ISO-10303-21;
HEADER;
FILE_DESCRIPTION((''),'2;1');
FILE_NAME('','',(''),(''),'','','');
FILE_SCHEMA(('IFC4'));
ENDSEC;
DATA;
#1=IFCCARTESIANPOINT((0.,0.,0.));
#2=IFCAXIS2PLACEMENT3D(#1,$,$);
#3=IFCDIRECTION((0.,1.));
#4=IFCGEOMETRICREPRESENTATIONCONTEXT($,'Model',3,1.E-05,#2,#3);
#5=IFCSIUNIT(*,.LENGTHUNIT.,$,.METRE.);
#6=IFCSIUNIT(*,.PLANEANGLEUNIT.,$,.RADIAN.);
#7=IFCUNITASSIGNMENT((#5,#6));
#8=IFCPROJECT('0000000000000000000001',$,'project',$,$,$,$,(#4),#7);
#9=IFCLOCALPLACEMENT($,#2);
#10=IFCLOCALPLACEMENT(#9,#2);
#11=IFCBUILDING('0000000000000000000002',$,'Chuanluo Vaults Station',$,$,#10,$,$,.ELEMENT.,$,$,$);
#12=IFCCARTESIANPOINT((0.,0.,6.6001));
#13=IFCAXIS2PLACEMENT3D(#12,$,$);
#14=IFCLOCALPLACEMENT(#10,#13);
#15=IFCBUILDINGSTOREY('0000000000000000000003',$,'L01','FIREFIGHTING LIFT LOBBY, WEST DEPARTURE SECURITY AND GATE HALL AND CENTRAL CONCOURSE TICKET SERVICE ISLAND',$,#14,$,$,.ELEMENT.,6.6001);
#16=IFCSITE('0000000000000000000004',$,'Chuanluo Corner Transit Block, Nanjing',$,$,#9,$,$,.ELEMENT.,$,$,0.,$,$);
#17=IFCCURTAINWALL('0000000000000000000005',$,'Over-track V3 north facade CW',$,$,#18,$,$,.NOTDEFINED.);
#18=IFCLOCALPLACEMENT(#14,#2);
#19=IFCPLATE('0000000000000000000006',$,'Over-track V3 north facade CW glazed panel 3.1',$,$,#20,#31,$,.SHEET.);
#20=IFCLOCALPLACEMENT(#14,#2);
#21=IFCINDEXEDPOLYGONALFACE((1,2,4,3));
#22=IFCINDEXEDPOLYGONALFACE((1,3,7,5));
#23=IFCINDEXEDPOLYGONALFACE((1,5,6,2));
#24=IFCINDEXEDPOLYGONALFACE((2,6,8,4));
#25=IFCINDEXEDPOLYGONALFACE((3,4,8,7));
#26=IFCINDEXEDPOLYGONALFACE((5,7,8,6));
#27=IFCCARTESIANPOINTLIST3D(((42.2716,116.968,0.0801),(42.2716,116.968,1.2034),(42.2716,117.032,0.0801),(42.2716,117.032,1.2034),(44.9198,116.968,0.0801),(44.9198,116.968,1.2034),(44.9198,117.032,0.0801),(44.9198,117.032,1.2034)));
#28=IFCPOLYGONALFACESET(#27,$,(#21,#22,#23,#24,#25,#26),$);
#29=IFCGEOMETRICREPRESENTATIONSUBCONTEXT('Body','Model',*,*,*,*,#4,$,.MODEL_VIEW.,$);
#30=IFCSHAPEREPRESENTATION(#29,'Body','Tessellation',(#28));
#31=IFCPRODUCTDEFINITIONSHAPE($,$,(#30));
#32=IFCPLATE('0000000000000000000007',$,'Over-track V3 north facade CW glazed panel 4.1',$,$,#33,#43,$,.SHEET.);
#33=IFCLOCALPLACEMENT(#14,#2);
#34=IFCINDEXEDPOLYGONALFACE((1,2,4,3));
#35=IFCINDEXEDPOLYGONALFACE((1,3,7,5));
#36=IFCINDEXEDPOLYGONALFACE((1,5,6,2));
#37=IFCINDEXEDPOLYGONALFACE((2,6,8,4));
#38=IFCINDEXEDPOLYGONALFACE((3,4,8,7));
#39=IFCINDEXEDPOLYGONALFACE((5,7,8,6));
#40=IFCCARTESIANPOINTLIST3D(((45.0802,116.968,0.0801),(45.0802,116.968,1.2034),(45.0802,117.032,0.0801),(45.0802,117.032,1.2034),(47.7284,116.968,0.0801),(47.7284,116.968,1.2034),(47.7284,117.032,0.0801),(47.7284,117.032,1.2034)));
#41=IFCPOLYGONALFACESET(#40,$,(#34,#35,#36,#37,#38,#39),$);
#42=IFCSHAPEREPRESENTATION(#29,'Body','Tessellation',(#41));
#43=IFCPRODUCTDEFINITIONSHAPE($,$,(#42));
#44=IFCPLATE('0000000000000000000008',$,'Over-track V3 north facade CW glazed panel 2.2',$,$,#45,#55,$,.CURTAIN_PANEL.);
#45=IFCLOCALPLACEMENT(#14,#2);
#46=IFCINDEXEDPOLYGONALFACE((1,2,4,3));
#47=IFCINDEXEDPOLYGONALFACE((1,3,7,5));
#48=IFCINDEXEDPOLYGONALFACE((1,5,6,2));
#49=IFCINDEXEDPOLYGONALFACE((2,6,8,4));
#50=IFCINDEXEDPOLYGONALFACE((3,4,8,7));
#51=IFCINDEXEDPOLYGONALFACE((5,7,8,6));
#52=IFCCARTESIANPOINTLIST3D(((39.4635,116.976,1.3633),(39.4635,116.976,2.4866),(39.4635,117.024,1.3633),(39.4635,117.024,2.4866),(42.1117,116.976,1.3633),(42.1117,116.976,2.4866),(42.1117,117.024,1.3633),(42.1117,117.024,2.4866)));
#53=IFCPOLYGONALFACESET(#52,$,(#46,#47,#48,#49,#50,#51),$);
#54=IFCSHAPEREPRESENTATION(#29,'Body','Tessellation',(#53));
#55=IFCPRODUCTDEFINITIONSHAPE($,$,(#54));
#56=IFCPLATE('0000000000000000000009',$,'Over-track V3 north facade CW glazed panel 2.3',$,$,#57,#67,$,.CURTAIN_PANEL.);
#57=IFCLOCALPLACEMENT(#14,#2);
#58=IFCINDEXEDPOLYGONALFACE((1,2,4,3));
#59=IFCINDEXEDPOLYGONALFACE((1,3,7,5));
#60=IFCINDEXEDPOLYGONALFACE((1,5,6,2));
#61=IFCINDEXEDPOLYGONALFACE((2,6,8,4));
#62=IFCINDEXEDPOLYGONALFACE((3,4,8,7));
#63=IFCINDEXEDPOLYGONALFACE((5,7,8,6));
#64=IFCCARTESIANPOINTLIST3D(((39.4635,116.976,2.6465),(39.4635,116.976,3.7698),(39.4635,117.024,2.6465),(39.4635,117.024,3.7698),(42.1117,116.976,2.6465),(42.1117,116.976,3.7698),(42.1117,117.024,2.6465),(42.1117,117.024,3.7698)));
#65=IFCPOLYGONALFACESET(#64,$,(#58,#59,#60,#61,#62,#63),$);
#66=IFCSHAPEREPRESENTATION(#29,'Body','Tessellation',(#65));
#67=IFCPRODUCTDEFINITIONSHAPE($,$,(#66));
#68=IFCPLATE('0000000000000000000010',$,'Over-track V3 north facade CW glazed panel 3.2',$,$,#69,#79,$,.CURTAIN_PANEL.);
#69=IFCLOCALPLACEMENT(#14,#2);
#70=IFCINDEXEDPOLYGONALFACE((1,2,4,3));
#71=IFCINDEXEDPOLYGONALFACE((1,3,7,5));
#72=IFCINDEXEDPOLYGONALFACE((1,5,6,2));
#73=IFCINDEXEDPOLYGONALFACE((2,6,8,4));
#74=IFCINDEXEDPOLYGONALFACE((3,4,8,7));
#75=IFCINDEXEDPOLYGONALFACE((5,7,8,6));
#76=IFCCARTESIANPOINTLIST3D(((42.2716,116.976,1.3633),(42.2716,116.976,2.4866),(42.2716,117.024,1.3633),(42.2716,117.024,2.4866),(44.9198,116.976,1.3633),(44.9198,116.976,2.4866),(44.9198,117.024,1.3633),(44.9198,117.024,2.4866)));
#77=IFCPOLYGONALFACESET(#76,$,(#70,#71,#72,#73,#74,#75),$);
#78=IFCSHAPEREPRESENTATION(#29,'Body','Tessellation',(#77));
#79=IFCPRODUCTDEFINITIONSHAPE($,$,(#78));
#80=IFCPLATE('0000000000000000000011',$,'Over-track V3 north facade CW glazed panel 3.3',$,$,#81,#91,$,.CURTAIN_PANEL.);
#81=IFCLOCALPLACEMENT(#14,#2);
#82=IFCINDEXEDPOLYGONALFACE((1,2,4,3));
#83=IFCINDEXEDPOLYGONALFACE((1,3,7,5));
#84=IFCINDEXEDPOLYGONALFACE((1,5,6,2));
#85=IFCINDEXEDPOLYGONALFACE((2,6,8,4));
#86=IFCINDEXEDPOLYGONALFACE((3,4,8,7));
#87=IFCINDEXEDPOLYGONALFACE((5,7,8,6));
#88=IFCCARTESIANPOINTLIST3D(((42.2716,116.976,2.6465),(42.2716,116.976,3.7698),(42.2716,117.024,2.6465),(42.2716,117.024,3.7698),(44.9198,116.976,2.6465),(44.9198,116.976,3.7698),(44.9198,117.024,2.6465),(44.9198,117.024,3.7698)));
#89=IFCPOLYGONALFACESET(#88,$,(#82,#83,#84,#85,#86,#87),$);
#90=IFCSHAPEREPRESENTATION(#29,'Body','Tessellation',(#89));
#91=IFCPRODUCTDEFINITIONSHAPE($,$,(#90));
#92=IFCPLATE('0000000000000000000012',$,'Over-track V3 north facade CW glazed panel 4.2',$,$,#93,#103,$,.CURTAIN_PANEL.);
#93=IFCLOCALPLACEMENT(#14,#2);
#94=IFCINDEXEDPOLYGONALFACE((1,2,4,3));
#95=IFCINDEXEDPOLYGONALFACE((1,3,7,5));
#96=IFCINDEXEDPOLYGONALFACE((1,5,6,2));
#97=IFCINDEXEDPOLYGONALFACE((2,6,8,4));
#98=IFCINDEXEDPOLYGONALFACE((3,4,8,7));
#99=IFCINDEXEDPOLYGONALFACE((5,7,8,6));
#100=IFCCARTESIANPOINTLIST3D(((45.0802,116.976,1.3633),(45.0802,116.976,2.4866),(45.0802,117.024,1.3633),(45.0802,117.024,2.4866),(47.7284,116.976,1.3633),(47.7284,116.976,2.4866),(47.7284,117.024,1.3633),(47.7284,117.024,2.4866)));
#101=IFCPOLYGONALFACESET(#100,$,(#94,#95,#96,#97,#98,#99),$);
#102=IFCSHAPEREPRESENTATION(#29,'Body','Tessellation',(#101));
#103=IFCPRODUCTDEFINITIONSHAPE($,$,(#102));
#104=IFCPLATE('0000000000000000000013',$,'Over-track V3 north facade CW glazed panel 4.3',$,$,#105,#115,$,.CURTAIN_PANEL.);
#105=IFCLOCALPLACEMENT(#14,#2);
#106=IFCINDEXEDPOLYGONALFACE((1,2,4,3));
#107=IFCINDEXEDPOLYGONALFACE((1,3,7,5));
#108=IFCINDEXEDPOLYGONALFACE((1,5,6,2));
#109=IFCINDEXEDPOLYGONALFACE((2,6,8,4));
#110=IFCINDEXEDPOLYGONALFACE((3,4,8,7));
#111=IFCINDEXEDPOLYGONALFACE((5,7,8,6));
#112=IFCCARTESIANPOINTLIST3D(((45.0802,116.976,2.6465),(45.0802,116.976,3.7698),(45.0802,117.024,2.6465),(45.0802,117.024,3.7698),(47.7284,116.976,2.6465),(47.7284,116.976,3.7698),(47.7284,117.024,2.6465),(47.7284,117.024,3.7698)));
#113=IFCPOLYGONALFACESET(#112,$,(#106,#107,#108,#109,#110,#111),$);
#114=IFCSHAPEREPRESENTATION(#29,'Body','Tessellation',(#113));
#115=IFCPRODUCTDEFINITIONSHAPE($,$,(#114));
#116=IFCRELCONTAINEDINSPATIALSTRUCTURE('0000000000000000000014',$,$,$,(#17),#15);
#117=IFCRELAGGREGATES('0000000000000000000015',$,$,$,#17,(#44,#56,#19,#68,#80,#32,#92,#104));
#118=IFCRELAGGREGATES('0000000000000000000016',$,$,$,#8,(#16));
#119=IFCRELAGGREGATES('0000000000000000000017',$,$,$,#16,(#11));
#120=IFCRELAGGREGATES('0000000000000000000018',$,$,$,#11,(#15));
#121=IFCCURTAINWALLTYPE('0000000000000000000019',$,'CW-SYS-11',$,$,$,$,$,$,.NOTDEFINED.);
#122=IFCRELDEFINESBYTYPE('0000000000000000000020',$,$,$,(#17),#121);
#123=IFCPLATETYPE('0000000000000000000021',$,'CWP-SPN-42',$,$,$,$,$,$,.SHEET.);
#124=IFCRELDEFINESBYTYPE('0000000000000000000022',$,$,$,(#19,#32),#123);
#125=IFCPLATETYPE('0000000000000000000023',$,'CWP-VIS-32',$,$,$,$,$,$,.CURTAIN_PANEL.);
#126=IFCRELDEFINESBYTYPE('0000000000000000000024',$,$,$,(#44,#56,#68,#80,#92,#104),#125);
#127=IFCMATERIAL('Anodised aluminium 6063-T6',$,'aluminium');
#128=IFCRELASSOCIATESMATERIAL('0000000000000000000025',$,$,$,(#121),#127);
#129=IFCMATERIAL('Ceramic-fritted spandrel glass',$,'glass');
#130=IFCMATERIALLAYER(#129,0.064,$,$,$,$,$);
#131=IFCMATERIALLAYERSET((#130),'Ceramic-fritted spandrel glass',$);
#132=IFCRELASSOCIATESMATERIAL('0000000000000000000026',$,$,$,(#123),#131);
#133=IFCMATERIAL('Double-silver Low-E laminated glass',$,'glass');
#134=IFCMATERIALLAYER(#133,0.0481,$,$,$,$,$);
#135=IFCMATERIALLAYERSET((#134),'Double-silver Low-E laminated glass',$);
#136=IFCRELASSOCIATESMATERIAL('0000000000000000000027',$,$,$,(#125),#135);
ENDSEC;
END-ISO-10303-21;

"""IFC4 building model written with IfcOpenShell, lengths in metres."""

from ifc_helpers import new_model, si_unit, direction, frame, origin, origin_2d, place, context, subcontext, project, spatial, rectangle, extrude, material, layer, layer_set, type_object, element, aggregate, save


model = new_model("IFC4")

# Units and contexts
model_context = context("Model", 3, precision=1e-05, world=origin(), true_north=direction((0.0, 1.0)))
body_context = subcontext(model_context, "Body", "Model", "MODEL_VIEW")
ifc_project = project(units=[si_unit("LENGTHUNIT", "METRE"), si_unit("PLANEANGLEUNIT", "RADIAN")], contexts=[model_context])

# Site, building, storey
site_placement = place(None, origin())
site = spatial("IfcSite", under=ifc_project, at=site_placement, Name="Chuanluo Corner Transit Block, Nanjing", CompositionType="ELEMENT", RefElevation=0.0)
building_placement = place(site_placement, origin())
building = spatial("IfcBuilding", under=site, at=building_placement, Name="Chuanluo Vaults Station", CompositionType="ELEMENT")
storey_placement = place(building_placement, frame((0.0, 0.0, 6.6001)))
storey = spatial("IfcBuildingStorey", under=building, at=storey_placement, Name="L01", Description="FIREFIGHTING LIFT LOBBY, WEST DEPARTURE SECURITY AND GATE HALL AND CENTRAL CONCOURSE TICKET SERVICE ISLAND", CompositionType="ELEMENT", Elevation=6.6001)

# Curtain wall, plates
ifc_material_1 = material(Name="Anodised aluminium 6063-T6", Category="aluminium")
curtain_wall_type = type_object("IfcCurtainWallType", Name="CW-SYS-11", PredefinedType="NOTDEFINED", material=ifc_material_1)
curtain_wall_placement = place(storey_placement, origin())
curtain_wall = element("IfcCurtainWall", 1, at=curtain_wall_placement, inside=storey, type_object=curtain_wall_type, Name="Over-track V3 north facade CW", PredefinedType="NOTDEFINED")
ifc_material_2 = material(Name="Ceramic-fritted spandrel glass", Category="glass")
ifc_layer_1 = layer(ifc_material_2, 0.064)
ifc_layer_set_1 = layer_set([ifc_layer_1], Name="Ceramic-fritted spandrel glass")
plate_type_1 = type_object("IfcPlateType", Name="CWP-SPN-42", PredefinedType="SHEET", material=ifc_layer_set_1)
plate_1_placement = place(storey_placement, frame((43.5957, 117.0, 0.0801), z_axis=(0.0, 0.0, 1.0), x_axis=(1.0, 0.0, 0.0)))
plate_1 = element("IfcPlate", 2, at=plate_1_placement, type_object=plate_type_1, Name="Over-track V3 north facade CW glazed panel 3.1", PredefinedType="SHEET", context=body_context, shape_type="SweptSolid", body=[
    extrude(rectangle(XDim=2.6482, YDim=0.064, at=origin_2d()), origin(), (0.0, 0.0, 1.0), 1.1233),
])
plate_2_placement = place(storey_placement, frame((46.4043, 117.0, 0.0801), z_axis=(0.0, 0.0, 1.0), x_axis=(1.0, 0.0, 0.0)))
plate_2 = element("IfcPlate", 3, at=plate_2_placement, type_object=plate_type_1, Name="Over-track V3 north facade CW glazed panel 4.1", PredefinedType="SHEET", context=body_context, shape_type="SweptSolid", body=[
    extrude(rectangle(XDim=2.6482, YDim=0.064, at=origin_2d()), origin(), (0.0, 0.0, 1.0), 1.1233),
])
ifc_material_3 = material(Name="Double-silver Low-E laminated glass", Category="glass")
ifc_layer_2 = layer(ifc_material_3, 0.0481)
ifc_layer_set_2 = layer_set([ifc_layer_2], Name="Double-silver Low-E laminated glass")
plate_type_2 = type_object("IfcPlateType", Name="CWP-VIS-32", PredefinedType="CURTAIN_PANEL", material=ifc_layer_set_2)
plate_3_placement = place(storey_placement, frame((40.7876, 117.0, 1.3633), z_axis=(0.0, 0.0, 1.0), x_axis=(1.0, 0.0, 0.0)))
plate_3 = element("IfcPlate", 4, at=plate_3_placement, type_object=plate_type_2, Name="Over-track V3 north facade CW glazed panel 2.2", PredefinedType="CURTAIN_PANEL", context=body_context, shape_type="SweptSolid", body=[
    extrude(rectangle(XDim=2.6482, YDim=0.0481, at=origin_2d()), origin(), (0.0, 0.0, 1.0), 1.1233),
])
plate_4_placement = place(storey_placement, frame((40.7876, 117.0, 2.6465), z_axis=(0.0, 0.0, 1.0), x_axis=(1.0, 0.0, 0.0)))
plate_4 = element("IfcPlate", 5, at=plate_4_placement, type_object=plate_type_2, Name="Over-track V3 north facade CW glazed panel 2.3", PredefinedType="CURTAIN_PANEL", context=body_context, shape_type="SweptSolid", body=[
    extrude(rectangle(XDim=2.6482, YDim=0.0481, at=origin_2d()), origin(), (0.0, 0.0, 1.0), 1.1233),
])
plate_5_placement = place(storey_placement, frame((43.5957, 117.0, 1.3633), z_axis=(0.0, 0.0, 1.0), x_axis=(1.0, 0.0, 0.0)))
plate_5 = element("IfcPlate", 6, at=plate_5_placement, type_object=plate_type_2, Name="Over-track V3 north facade CW glazed panel 3.2", PredefinedType="CURTAIN_PANEL", context=body_context, shape_type="SweptSolid", body=[
    extrude(rectangle(XDim=2.6482, YDim=0.0481, at=origin_2d()), origin(), (0.0, 0.0, 1.0), 1.1233),
])
plate_6_placement = place(storey_placement, frame((43.5957, 117.0, 2.6465), z_axis=(0.0, 0.0, 1.0), x_axis=(1.0, 0.0, 0.0)))
plate_6 = element("IfcPlate", 7, at=plate_6_placement, type_object=plate_type_2, Name="Over-track V3 north facade CW glazed panel 3.3", PredefinedType="CURTAIN_PANEL", context=body_context, shape_type="SweptSolid", body=[
    extrude(rectangle(XDim=2.6482, YDim=0.0481, at=origin_2d()), origin(), (0.0, 0.0, 1.0), 1.1233),
])
plate_7_placement = place(storey_placement, frame((46.4043, 117.0, 1.3633), z_axis=(0.0, 0.0, 1.0), x_axis=(1.0, 0.0, 0.0)))
plate_7 = element("IfcPlate", 8, at=plate_7_placement, type_object=plate_type_2, Name="Over-track V3 north facade CW glazed panel 4.2", PredefinedType="CURTAIN_PANEL", context=body_context, shape_type="SweptSolid", body=[
    extrude(rectangle(XDim=2.6482, YDim=0.0481, at=origin_2d()), origin(), (0.0, 0.0, 1.0), 1.1233),
])
plate_8_placement = place(storey_placement, frame((46.4043, 117.0, 2.6465), z_axis=(0.0, 0.0, 1.0), x_axis=(1.0, 0.0, 0.0)))
plate_8 = element("IfcPlate", 9, at=plate_8_placement, type_object=plate_type_2, Name="Over-track V3 north facade CW glazed panel 4.3", PredefinedType="CURTAIN_PANEL", context=body_context, shape_type="SweptSolid", body=[
    extrude(rectangle(XDim=2.6482, YDim=0.0481, at=origin_2d()), origin(), (0.0, 0.0, 1.0), 1.1233),
])
aggregate(curtain_wall, [plate_3, plate_4, plate_1, plate_5, plate_6, plate_2, plate_7, plate_8])

save(model, "model.ifc")
